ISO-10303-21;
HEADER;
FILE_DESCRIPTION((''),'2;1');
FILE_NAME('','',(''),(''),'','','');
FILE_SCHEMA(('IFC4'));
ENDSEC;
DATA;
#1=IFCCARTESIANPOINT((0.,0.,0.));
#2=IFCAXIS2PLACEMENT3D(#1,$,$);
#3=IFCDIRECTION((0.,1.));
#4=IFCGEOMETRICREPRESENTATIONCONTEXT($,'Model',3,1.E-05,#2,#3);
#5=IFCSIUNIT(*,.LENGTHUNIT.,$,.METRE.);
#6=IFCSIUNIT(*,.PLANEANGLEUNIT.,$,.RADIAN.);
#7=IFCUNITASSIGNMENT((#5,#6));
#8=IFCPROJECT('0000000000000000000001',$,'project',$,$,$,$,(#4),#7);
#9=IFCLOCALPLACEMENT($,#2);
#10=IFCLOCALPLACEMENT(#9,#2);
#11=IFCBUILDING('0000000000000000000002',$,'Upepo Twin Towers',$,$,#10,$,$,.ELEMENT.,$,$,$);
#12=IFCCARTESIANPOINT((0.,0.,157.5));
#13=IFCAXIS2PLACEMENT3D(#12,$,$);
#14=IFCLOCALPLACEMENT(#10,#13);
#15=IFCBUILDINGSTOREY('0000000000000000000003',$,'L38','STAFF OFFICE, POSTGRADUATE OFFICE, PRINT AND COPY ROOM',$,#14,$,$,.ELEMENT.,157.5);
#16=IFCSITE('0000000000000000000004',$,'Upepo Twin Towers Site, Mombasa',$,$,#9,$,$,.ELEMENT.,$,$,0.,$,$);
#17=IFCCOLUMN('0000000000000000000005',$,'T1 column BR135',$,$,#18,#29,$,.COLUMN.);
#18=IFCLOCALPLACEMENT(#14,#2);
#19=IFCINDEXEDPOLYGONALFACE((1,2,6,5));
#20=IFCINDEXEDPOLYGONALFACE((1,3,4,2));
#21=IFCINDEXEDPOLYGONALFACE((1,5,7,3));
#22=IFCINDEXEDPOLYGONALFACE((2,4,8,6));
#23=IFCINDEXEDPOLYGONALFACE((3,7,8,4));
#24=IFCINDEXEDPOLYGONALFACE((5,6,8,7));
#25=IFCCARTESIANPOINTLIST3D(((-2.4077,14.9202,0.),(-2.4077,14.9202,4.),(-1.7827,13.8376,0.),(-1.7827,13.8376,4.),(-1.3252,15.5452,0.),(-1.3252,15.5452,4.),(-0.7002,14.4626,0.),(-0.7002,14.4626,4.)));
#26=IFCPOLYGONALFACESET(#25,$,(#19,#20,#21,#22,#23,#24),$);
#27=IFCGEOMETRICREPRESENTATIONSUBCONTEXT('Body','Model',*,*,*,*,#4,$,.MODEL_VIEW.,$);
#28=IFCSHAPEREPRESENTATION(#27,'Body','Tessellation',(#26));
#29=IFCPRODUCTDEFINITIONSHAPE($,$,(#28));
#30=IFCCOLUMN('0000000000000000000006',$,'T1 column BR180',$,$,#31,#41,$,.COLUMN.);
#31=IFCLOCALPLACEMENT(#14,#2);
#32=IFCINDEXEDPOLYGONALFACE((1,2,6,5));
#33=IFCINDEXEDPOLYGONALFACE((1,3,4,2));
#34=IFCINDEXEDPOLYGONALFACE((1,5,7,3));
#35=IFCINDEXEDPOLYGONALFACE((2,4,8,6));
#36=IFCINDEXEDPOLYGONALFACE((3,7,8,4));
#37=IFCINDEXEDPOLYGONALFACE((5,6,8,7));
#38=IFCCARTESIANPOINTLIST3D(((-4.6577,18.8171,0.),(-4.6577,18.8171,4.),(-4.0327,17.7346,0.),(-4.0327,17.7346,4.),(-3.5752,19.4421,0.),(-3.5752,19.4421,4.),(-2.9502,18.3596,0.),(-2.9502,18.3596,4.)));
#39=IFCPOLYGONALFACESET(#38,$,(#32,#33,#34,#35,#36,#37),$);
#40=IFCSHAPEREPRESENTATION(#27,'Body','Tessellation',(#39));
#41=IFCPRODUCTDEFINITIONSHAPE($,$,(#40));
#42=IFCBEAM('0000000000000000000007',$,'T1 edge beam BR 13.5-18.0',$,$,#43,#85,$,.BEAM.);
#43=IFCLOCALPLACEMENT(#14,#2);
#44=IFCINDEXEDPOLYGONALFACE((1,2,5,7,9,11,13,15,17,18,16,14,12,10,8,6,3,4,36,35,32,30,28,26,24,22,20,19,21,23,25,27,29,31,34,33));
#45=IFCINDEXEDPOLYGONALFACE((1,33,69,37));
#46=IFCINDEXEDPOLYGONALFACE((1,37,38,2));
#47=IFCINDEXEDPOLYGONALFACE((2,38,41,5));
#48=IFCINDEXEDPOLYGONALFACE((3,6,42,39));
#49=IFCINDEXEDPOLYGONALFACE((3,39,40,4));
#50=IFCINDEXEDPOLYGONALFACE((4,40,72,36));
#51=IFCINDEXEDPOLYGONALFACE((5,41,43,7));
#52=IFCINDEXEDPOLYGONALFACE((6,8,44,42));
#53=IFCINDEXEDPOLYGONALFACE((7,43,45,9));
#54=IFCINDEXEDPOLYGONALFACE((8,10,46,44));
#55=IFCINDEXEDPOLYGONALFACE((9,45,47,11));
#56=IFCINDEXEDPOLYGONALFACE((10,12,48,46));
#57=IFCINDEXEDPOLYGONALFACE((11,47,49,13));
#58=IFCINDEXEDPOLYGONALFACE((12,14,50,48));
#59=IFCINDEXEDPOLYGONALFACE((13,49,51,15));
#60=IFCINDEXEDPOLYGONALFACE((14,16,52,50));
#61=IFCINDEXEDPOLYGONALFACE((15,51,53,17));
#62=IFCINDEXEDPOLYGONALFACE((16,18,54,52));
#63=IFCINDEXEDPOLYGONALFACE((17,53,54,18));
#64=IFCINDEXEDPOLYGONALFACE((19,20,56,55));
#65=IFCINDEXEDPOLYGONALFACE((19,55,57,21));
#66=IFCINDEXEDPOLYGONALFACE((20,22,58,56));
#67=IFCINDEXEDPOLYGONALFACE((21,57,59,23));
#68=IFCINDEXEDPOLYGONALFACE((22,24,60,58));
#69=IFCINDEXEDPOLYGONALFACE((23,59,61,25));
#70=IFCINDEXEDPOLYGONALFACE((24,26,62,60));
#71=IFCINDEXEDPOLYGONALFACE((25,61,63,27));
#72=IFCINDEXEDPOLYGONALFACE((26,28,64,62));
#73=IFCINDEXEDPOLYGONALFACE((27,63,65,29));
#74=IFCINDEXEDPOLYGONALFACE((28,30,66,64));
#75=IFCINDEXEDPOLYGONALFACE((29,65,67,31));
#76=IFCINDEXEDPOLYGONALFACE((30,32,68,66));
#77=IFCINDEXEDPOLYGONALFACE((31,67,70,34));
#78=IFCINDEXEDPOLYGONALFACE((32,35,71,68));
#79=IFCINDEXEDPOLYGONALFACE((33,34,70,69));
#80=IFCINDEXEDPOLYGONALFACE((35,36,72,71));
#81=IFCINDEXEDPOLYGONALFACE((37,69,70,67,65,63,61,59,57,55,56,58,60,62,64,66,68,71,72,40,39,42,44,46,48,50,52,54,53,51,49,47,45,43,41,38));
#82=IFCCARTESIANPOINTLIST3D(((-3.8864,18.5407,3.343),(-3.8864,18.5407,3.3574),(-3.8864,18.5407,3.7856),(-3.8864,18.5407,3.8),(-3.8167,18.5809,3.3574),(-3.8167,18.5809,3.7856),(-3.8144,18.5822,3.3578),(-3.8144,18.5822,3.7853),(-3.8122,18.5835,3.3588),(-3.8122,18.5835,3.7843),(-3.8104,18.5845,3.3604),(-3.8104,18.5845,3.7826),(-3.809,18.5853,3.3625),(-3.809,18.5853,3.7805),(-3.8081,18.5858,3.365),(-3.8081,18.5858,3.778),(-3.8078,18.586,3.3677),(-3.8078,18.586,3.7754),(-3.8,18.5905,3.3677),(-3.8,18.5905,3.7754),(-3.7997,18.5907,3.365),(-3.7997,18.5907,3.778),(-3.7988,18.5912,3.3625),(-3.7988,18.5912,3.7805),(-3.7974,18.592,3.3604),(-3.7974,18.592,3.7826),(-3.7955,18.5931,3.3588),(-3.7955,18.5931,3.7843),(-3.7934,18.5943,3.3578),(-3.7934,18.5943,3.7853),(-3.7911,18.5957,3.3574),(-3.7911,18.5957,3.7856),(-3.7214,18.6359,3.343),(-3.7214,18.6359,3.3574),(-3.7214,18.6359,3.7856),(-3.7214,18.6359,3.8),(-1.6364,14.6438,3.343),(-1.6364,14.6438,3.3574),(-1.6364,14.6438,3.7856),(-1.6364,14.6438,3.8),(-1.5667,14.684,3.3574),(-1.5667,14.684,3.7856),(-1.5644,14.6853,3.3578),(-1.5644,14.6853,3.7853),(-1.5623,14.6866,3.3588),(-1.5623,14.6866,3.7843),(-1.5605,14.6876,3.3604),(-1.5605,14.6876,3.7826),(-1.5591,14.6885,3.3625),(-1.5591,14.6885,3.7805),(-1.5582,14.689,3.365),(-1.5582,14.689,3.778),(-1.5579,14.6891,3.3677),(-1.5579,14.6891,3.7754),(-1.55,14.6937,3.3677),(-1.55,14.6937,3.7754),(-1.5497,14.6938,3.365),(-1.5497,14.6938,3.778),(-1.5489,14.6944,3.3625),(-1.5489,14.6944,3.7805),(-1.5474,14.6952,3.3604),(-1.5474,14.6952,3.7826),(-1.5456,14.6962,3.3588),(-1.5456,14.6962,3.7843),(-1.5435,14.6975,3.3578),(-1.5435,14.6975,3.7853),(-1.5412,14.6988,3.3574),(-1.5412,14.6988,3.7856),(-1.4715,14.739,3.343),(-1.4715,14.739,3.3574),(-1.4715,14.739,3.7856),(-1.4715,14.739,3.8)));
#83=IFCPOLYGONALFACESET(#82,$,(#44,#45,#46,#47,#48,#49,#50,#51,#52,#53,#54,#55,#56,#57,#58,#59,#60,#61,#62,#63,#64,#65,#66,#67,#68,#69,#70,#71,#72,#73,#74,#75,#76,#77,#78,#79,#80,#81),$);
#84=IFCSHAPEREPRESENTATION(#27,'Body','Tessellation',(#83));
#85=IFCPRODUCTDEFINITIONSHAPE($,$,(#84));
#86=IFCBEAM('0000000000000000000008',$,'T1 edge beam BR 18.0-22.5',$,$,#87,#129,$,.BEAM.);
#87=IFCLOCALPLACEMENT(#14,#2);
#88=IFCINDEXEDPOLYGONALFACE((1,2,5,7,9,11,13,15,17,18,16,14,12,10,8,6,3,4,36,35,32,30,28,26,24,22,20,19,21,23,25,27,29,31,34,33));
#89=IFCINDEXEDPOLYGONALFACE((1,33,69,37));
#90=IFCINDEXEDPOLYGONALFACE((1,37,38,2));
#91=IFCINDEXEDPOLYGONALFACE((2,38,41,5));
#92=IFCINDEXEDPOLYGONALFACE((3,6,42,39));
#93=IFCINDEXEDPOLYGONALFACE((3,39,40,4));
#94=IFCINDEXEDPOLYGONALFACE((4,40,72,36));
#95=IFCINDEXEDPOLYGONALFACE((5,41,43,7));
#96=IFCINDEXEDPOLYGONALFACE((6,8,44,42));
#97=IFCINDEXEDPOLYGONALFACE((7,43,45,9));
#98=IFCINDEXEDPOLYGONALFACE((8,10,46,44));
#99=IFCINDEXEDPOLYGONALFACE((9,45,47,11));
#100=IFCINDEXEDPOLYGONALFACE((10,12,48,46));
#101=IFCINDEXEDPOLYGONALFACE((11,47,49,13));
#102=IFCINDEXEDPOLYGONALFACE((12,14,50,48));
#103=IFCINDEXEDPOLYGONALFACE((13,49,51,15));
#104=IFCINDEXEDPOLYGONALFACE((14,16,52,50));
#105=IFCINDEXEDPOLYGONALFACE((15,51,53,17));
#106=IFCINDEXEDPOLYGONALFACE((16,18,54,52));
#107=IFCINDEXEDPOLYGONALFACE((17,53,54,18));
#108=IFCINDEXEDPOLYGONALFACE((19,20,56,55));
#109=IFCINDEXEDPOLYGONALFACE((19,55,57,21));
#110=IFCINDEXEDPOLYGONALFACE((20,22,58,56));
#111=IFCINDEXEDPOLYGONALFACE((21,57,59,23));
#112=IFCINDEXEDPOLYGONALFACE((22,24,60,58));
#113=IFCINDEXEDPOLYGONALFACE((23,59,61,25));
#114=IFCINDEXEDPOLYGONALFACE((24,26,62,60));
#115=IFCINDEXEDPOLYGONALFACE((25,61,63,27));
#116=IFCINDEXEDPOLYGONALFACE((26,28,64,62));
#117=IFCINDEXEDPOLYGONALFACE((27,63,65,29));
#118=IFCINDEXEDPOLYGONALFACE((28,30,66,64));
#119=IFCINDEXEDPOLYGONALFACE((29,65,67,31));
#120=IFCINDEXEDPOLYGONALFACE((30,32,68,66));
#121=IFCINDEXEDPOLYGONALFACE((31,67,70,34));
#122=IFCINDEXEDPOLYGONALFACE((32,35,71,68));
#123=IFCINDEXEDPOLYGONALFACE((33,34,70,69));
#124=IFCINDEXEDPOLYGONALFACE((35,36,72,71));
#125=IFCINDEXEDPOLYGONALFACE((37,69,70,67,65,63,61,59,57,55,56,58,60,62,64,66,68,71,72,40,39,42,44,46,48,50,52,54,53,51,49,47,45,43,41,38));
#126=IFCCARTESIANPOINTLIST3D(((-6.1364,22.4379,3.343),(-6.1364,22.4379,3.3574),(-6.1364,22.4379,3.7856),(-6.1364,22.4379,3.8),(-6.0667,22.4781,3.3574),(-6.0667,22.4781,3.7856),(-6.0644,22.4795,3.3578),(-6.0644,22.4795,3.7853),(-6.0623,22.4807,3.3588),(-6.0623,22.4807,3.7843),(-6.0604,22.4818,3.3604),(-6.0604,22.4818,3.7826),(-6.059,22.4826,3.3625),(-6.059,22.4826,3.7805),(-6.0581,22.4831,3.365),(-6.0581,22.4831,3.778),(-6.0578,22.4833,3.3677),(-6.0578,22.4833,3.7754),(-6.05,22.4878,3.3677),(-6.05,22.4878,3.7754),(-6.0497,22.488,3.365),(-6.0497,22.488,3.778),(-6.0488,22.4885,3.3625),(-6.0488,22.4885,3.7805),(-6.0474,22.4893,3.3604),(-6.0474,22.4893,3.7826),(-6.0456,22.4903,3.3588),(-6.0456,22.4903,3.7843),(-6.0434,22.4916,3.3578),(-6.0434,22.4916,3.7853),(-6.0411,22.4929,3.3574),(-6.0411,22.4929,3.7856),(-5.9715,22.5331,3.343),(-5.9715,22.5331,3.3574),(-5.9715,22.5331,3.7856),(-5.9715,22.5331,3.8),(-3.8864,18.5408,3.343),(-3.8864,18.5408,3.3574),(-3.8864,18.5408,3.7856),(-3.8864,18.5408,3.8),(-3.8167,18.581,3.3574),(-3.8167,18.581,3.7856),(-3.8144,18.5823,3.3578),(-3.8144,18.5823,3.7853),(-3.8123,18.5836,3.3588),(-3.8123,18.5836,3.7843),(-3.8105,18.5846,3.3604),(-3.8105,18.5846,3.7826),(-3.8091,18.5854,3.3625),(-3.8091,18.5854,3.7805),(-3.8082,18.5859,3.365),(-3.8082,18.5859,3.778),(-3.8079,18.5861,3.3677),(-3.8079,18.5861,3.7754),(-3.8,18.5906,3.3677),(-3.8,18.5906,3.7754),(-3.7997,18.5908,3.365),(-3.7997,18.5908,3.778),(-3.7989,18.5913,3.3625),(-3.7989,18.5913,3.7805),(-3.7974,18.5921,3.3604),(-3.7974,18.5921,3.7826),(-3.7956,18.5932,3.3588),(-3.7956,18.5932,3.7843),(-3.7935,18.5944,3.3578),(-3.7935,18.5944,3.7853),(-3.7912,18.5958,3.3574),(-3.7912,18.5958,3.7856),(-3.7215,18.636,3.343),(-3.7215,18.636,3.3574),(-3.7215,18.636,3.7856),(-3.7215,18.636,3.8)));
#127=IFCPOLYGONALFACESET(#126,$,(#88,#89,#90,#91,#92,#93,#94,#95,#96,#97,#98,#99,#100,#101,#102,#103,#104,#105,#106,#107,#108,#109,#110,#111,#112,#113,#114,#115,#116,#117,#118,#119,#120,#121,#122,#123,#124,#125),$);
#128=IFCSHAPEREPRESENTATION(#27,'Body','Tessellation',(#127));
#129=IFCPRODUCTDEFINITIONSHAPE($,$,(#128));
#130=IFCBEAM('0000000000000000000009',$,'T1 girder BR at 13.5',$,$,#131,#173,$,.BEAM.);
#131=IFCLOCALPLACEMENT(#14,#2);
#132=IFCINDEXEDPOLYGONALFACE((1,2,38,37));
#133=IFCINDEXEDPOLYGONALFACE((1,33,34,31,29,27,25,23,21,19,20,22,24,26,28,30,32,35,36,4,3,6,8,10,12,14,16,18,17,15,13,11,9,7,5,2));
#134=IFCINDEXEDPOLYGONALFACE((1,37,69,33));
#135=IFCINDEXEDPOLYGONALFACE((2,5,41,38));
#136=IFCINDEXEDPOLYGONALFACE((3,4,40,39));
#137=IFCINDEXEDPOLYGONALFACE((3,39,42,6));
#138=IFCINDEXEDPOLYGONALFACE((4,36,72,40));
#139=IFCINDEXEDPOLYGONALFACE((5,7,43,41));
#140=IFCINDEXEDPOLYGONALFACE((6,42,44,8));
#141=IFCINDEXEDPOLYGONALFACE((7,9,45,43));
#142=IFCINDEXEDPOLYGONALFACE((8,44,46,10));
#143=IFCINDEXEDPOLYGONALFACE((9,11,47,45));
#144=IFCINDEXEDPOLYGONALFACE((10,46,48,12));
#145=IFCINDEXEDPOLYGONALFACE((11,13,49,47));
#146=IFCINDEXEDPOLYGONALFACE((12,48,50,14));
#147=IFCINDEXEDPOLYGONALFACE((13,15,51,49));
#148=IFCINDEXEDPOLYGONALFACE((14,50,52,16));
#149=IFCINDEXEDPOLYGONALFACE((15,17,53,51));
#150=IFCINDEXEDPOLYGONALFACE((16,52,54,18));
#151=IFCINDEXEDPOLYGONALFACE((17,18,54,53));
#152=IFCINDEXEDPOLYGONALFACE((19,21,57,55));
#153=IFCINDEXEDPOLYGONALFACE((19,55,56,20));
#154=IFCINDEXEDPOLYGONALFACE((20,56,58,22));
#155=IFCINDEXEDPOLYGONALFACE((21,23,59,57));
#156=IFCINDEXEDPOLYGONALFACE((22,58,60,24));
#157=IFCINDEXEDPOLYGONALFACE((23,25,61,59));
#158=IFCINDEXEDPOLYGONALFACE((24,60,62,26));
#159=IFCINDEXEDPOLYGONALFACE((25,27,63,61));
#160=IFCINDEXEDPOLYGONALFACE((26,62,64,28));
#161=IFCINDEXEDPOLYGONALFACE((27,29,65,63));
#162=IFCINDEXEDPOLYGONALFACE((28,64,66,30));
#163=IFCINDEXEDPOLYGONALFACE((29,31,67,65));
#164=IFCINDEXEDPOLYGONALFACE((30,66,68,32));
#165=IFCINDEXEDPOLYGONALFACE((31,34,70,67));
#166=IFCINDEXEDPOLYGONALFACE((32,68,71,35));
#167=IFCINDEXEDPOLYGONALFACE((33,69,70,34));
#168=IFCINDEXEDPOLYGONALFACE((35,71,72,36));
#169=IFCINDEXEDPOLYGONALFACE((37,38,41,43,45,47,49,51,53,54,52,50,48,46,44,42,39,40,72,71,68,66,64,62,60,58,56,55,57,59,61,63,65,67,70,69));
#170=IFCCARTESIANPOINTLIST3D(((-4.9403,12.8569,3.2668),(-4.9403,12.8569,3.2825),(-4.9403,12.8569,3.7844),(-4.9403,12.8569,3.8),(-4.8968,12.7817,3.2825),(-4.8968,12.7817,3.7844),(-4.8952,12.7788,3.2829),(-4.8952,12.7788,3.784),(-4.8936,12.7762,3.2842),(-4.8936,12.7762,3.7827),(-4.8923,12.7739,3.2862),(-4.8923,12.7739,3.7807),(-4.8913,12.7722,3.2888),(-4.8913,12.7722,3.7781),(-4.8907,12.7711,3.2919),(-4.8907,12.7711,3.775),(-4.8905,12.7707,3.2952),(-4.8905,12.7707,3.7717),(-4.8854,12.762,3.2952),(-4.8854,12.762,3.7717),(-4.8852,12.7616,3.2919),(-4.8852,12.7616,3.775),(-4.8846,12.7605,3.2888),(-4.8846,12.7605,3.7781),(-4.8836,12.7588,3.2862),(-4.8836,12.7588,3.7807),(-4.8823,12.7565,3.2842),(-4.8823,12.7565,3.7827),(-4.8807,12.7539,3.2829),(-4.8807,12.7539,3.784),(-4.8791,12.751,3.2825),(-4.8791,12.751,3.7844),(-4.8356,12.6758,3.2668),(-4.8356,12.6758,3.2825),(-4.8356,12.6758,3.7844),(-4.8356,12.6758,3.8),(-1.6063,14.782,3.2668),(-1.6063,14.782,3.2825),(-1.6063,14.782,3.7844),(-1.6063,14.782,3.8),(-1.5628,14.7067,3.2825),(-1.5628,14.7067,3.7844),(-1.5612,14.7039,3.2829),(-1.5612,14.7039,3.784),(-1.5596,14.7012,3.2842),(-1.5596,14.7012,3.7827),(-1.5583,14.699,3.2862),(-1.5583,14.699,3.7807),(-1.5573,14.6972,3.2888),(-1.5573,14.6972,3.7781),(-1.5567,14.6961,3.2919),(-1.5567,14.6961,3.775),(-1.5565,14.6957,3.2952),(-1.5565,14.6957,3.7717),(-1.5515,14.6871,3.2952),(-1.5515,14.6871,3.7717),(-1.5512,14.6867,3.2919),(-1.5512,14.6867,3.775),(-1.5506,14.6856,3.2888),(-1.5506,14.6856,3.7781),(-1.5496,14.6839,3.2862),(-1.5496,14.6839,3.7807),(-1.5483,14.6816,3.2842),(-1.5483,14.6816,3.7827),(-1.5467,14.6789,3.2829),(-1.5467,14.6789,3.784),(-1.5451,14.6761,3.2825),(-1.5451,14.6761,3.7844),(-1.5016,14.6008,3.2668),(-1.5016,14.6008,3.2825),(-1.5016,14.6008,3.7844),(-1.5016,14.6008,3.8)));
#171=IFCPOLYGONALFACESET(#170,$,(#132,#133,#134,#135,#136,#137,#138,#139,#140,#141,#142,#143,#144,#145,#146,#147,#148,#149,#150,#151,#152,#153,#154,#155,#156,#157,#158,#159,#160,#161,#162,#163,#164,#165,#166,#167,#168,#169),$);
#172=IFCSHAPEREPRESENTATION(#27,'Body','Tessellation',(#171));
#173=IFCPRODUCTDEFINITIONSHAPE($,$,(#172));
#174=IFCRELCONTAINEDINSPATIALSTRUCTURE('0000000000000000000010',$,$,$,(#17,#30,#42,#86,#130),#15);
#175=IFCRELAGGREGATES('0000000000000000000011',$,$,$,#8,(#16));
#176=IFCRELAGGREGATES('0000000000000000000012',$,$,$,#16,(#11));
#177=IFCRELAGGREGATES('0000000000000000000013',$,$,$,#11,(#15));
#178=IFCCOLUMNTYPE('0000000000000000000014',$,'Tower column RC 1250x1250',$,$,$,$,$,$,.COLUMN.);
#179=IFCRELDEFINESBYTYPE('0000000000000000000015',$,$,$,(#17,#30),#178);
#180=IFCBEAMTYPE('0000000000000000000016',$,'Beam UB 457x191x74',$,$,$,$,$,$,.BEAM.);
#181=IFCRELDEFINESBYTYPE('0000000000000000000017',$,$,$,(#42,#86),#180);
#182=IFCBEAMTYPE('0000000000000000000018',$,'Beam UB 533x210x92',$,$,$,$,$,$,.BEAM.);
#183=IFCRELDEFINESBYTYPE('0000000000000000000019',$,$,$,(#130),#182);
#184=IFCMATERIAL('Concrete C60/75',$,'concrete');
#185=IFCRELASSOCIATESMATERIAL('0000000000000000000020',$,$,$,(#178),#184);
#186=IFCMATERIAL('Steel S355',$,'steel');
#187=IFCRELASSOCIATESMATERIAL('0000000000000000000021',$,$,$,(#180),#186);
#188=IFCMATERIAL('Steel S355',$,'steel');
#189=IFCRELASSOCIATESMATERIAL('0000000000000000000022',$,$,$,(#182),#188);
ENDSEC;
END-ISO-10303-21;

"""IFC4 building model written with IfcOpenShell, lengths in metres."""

from ifc_helpers import new_model, si_unit, direction, frame, origin, origin_2d, place, context, subcontext, project, spatial, rectangle, i_section, extrude, material, material_profile, profile_set, type_object, element, save


model = new_model("IFC4")

# Units and contexts
model_context = context("Model", 3, precision=1e-05, world=origin(), true_north=direction((0.0, 1.0)))
body_context = subcontext(model_context, "Body", "Model", "MODEL_VIEW")
ifc_project = project(units=[si_unit("LENGTHUNIT", "METRE"), si_unit("PLANEANGLEUNIT", "RADIAN")], contexts=[model_context])

# Site, building, storey
site_placement = place(None, origin())
site = spatial("IfcSite", under=ifc_project, at=site_placement, Name="Upepo Twin Towers Site, Mombasa", CompositionType="ELEMENT", RefElevation=0.0)
building_placement = place(site_placement, origin())
building = spatial("IfcBuilding", under=site, at=building_placement, Name="Upepo Twin Towers", CompositionType="ELEMENT")
storey_placement = place(building_placement, frame((0.0, 0.0, 157.5)))
storey = spatial("IfcBuildingStorey", under=building, at=storey_placement, Name="L38", Description="STAFF OFFICE, POSTGRADUATE OFFICE, PRINT AND COPY ROOM", CompositionType="ELEMENT", Elevation=157.5)

# Columns
ifc_material_1 = material(Name="Concrete C60/75", Category="concrete")
ifc_material_profile_1 = material_profile(ifc_material_1, rectangle(XDim=1.25, YDim=1.25, at=origin_2d()), Name="RC 1250x1250")
ifc_profile_set_1 = profile_set([ifc_material_profile_1], Name="Concrete C60/75")
column_type = type_object("IfcColumnType", Name="Tower column RC 1250x1250", PredefinedType="COLUMN", material=ifc_profile_set_1)
for number, where, z_axis, x_axis, name in (
    (1, (-1.554, 14.6914, 0.0), (0.0, 0.0, 1.0), (0.866025, 0.5, 0.0), "T1 column BR135"),
    (2, (-3.804, 18.5884, 0.0), (0.0, 0.0, 1.0), (0.866025, 0.5, 0.0), "T1 column BR180"),
):
    element("IfcColumn", number, at=place(storey_placement, frame(where, z_axis=z_axis, x_axis=x_axis)), inside=storey, type_object=column_type, Name=name, PredefinedType="COLUMN", context=body_context, shape_type="SweptSolid", body=[
        extrude(rectangle(XDim=1.25, YDim=1.25, at=origin_2d()), origin(), (0.0, 0.0, 1.0), 4.0),
    ])

# Beams
ifc_material_2 = material(Name="Steel S355", Category="steel")
ifc_material_profile_2 = material_profile(ifc_material_2, i_section(OverallWidth=0.1904, OverallDepth=0.457, WebThickness=0.009, FlangeThickness=0.0144, FilletRadius=0.0103, at=origin_2d()), Name="UB 457x191x74")
ifc_profile_set_2 = profile_set([ifc_material_profile_2], Name="Steel S355")
beam_type_1 = type_object("IfcBeamType", Name="Beam UB 457x191x74", PredefinedType="BEAM", material=ifc_profile_set_2)
beam_1_placement = place(storey_placement, frame((-1.554, 14.6914, 3.5715), z_axis=(-0.500014, 0.866018, 0.0), x_axis=(-0.866018, -0.500014, 0.0)))
element("IfcBeam", 3, at=beam_1_placement, inside=storey, type_object=beam_type_1, Name="T1 edge beam BR 13.5-18.0", PredefinedType="BEAM", context=body_context, shape_type="SweptSolid", body=[
    extrude(i_section(OverallWidth=0.1904, OverallDepth=0.457, WebThickness=0.009, FlangeThickness=0.0144, FilletRadius=0.0103, at=origin_2d()), origin(), (0.0, 0.0, 1.0), 4.4998),
])
beam_2_placement = place(storey_placement, frame((-3.804, 18.5884, 3.5715), z_axis=(-0.49999, 0.866031, 0.0), x_axis=(-0.866031, -0.49999, 0.0)))
element("IfcBeam", 4, at=beam_2_placement, inside=storey, type_object=beam_type_1, Name="T1 edge beam BR 18.0-22.5", PredefinedType="BEAM", context=body_context, shape_type="SweptSolid", body=[
    extrude(i_section(OverallWidth=0.1904, OverallDepth=0.457, WebThickness=0.009, FlangeThickness=0.0144, FilletRadius=0.0103, at=origin_2d()), origin(), (0.0, 0.0, 1.0), 4.5),
])
ifc_material_3 = material(Name="Steel S355", Category="steel")
ifc_material_profile_3 = material_profile(ifc_material_3, i_section(OverallWidth=0.2092, OverallDepth=0.5332, WebThickness=0.01, FlangeThickness=0.0156, FilletRadius=0.0127, at=origin_2d()), Name="UB 533x210x92")
ifc_profile_set_3 = profile_set([ifc_material_profile_3], Name="Steel S355")
beam_type_2 = type_object("IfcBeamType", Name="Beam UB 533x210x92", PredefinedType="BEAM", material=ifc_profile_set_3)
beam_3_placement = place(storey_placement, frame((-1.554, 14.6914, 3.5334), z_axis=(-0.866006, -0.500034, 0.0), x_axis=(0.500034, -0.866006, 0.0)))
element("IfcBeam", 5, at=beam_3_placement, inside=storey, type_object=beam_type_2, Name="T1 girder BR at 13.5", PredefinedType="BEAM", context=body_context, shape_type="SweptSolid", body=[
    extrude(i_section(OverallWidth=0.2092, OverallDepth=0.5332, WebThickness=0.01, FlangeThickness=0.0156, FilletRadius=0.0127, at=origin_2d()), origin(), (0.0, 0.0, 1.0), 3.8499),
])

save(model, "model.ifc")
